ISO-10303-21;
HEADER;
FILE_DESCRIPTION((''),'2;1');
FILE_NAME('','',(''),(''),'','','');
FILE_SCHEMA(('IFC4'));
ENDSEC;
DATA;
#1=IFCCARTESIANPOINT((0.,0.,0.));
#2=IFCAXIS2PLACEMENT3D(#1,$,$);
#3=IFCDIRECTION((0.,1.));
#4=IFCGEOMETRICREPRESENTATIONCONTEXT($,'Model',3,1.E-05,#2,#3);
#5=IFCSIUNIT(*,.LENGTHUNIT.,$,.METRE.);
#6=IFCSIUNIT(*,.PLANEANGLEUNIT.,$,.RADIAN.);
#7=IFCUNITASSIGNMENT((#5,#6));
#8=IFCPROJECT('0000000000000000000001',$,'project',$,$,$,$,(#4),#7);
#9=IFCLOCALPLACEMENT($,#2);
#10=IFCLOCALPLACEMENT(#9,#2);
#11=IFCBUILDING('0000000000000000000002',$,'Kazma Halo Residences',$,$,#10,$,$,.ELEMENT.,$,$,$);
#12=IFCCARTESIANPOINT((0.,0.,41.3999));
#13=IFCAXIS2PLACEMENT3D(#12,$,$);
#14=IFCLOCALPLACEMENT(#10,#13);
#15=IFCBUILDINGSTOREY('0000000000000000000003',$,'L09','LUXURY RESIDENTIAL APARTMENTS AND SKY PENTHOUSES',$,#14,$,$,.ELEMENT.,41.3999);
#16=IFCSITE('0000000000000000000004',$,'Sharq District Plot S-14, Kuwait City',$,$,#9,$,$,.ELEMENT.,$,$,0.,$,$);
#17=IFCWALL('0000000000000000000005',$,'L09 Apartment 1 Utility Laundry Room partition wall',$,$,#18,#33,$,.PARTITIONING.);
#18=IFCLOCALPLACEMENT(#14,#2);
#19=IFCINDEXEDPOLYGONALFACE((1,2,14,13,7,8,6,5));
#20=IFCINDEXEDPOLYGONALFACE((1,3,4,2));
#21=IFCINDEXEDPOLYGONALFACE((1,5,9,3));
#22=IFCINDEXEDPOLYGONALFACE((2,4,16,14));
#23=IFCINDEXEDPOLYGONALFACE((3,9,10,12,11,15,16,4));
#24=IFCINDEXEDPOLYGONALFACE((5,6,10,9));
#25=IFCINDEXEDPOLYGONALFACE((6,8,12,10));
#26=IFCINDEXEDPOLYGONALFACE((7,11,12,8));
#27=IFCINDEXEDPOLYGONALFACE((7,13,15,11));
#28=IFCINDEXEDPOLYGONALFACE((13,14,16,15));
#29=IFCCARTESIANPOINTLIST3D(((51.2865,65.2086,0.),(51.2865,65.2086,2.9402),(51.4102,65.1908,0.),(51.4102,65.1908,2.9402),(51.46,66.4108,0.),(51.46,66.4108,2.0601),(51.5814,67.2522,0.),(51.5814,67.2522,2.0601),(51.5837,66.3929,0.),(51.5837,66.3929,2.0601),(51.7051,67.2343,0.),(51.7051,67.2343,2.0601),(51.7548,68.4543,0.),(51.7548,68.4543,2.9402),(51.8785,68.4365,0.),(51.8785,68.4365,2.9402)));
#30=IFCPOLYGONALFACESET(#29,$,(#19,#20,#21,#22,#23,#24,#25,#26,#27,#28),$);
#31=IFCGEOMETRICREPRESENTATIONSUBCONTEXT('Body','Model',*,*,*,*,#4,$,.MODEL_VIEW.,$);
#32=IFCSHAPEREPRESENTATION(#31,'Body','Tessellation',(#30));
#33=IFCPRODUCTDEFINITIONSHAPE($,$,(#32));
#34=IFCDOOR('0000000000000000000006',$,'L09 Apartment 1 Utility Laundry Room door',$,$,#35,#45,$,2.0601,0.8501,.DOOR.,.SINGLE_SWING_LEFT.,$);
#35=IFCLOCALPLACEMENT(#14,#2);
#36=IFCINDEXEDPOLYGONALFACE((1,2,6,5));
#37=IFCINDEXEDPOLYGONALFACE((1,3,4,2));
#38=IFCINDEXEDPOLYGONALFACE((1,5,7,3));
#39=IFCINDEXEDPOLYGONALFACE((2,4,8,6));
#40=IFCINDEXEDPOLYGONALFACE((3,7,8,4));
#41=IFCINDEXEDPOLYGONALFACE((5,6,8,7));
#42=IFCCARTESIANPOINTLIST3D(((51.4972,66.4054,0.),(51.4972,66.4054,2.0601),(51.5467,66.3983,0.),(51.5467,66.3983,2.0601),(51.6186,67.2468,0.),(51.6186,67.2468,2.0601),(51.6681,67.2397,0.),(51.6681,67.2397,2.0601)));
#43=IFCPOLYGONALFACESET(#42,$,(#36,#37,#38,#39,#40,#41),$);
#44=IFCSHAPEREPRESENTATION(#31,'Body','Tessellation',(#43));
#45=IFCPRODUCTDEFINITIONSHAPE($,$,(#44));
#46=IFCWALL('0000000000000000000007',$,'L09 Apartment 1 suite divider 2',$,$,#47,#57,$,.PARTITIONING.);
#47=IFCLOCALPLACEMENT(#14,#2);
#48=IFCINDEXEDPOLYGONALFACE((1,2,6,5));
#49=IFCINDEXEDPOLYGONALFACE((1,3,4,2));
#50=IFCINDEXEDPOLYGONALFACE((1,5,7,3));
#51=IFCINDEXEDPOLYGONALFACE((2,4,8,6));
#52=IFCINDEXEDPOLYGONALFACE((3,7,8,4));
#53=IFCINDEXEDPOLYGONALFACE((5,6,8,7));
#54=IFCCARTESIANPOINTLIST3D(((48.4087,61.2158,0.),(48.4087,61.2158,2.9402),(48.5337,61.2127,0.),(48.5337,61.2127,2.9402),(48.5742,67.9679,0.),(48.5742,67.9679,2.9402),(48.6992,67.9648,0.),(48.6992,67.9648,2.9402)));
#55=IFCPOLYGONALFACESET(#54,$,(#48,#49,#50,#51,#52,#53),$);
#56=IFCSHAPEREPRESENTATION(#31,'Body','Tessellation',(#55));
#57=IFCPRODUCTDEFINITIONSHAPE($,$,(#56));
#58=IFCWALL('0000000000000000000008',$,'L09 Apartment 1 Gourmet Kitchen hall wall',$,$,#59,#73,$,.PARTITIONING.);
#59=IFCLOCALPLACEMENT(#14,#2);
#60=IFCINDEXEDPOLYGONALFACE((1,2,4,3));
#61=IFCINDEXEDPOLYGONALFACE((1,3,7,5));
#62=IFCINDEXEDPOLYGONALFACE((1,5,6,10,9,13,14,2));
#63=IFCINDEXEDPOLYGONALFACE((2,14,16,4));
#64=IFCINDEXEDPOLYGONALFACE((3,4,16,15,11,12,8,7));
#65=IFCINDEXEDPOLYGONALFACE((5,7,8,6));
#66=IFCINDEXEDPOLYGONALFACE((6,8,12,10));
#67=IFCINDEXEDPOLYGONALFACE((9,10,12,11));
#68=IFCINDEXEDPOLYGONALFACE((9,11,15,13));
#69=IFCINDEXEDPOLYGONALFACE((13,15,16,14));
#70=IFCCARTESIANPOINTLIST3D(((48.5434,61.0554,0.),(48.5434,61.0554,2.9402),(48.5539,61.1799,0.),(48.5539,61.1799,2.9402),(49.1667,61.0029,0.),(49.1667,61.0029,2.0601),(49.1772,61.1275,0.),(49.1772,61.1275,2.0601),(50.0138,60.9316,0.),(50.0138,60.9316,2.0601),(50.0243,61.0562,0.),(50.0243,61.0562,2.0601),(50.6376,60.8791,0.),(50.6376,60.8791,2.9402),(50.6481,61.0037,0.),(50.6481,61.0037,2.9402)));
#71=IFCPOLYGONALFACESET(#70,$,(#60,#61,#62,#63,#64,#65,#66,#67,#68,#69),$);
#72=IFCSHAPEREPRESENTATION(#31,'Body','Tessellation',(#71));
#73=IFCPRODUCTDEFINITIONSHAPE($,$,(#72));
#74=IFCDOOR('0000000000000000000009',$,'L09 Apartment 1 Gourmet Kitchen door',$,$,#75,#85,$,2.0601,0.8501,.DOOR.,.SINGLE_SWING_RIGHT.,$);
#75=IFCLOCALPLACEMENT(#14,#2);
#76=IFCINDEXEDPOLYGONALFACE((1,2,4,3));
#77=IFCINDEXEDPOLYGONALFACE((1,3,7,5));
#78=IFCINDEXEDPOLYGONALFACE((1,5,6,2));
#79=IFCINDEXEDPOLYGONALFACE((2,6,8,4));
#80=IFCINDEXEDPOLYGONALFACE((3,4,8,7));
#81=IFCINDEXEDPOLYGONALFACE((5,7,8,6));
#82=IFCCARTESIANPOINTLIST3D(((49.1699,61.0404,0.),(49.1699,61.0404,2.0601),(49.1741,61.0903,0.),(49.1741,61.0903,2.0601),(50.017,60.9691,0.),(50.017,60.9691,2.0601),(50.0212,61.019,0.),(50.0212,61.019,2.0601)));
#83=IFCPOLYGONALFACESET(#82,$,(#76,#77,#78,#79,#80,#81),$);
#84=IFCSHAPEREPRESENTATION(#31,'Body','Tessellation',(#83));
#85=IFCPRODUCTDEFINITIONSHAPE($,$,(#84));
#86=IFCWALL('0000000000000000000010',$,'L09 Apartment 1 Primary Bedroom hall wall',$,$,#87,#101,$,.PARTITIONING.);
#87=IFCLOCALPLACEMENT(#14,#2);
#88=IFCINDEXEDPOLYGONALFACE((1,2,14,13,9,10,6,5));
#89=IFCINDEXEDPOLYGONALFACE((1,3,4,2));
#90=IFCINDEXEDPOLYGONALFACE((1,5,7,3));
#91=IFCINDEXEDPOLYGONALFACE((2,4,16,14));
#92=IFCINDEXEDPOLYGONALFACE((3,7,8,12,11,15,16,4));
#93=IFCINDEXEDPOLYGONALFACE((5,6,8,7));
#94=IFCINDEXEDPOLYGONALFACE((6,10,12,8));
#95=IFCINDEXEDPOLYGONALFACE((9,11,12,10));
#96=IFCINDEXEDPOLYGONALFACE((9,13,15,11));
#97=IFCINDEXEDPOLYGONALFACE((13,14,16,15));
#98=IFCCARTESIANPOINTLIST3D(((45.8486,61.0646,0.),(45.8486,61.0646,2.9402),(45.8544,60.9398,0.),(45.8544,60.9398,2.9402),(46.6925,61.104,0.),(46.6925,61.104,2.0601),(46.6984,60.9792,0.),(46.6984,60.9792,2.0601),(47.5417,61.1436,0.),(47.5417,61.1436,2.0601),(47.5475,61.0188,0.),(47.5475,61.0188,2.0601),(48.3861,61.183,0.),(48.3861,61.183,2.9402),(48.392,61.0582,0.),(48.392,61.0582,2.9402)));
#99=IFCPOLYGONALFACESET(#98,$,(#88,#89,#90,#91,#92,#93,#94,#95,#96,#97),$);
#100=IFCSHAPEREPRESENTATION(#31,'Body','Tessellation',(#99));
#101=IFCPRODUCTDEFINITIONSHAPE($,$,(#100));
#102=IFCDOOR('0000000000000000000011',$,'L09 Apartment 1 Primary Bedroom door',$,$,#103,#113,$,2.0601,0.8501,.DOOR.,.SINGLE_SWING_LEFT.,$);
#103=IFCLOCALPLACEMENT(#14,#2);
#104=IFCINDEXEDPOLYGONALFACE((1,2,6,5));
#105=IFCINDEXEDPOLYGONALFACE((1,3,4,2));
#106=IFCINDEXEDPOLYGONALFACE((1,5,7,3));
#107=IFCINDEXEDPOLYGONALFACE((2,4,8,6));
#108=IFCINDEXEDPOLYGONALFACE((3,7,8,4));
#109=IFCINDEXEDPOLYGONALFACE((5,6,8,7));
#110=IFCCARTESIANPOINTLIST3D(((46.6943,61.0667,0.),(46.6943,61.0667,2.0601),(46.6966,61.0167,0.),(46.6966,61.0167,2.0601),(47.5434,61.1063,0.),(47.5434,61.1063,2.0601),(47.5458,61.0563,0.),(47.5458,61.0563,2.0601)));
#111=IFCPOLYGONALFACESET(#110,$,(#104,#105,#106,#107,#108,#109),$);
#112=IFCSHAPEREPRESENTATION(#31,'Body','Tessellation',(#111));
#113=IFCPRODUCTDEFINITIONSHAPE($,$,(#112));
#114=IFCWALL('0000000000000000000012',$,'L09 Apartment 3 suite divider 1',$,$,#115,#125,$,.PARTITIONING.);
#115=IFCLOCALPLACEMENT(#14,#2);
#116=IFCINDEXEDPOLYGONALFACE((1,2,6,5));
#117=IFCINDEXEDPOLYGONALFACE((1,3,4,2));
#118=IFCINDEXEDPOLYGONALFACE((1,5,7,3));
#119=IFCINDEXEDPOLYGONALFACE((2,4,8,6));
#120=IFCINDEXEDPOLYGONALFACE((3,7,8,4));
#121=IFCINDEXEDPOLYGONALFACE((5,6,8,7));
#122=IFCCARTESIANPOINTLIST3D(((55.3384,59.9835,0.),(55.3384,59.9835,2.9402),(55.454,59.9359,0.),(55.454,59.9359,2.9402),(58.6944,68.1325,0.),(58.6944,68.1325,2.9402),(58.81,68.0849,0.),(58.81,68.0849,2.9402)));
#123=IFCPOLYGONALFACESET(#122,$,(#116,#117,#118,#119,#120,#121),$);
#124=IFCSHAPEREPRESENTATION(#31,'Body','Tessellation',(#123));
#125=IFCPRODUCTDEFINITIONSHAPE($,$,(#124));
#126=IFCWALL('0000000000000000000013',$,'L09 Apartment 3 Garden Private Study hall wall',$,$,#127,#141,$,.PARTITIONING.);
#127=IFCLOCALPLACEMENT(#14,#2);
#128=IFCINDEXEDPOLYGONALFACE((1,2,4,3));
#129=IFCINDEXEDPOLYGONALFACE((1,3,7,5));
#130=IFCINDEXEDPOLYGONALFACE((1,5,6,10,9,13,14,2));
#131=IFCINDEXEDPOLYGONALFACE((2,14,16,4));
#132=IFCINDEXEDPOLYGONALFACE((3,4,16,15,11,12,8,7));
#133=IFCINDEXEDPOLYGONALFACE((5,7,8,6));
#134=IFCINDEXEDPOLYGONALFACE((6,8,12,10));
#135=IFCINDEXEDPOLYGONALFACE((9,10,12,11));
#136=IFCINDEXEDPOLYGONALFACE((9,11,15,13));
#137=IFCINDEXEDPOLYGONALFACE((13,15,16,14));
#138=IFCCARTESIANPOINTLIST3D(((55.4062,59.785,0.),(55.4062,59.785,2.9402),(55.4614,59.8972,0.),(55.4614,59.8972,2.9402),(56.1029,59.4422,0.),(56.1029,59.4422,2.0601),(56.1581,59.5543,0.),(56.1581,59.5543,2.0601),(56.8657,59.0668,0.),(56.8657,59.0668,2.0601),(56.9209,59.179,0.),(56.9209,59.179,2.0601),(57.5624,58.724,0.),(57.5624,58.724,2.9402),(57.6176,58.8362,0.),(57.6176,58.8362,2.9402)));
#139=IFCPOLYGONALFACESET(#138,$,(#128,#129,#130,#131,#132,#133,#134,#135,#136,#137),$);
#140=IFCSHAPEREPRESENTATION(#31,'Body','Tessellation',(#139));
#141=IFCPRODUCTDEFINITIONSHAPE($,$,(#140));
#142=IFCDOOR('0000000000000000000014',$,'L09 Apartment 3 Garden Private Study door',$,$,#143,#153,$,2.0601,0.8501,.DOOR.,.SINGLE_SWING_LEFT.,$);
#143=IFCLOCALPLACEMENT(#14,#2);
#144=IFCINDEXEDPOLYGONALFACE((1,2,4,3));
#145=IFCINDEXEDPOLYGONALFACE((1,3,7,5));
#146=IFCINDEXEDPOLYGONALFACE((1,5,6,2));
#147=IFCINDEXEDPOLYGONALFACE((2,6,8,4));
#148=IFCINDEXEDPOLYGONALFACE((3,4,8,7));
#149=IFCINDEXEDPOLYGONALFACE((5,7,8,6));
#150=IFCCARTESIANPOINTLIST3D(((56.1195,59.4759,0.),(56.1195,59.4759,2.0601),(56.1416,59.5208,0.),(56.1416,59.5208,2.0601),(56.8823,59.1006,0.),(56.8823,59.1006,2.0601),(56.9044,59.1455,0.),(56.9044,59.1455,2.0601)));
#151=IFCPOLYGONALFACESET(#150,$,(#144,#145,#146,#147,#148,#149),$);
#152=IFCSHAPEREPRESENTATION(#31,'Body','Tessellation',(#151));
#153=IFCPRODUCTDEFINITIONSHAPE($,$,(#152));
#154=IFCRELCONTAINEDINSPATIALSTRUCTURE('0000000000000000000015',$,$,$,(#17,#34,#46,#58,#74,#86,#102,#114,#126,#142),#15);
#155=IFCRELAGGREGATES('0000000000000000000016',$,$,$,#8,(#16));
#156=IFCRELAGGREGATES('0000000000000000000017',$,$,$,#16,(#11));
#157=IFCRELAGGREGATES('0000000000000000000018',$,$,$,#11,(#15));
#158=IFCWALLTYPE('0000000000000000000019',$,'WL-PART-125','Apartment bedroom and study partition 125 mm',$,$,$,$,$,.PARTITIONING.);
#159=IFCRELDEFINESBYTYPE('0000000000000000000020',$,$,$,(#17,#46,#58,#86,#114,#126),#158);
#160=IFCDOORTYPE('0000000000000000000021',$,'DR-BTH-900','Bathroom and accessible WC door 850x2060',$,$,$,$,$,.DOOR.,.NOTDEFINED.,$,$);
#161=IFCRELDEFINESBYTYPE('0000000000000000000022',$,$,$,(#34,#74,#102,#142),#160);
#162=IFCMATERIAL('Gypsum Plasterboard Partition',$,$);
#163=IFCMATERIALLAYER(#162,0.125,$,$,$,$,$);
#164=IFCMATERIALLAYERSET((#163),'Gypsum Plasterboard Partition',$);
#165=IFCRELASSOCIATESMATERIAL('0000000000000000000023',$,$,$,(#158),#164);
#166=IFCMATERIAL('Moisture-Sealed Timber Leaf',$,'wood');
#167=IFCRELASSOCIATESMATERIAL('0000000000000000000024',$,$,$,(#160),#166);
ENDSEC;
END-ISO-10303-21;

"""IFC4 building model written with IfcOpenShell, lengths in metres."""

from ifc_helpers import new_model, si_unit, direction, frame, frame_2d, origin, place, context, subcontext, project, spatial, rectangle, extrude, material, layer, layer_set, type_object, element, fill, save


model = new_model("IFC4")

# Units and contexts
model_context = context("Model", 3, precision=1e-05, world=origin(), true_north=direction((0.0, 1.0)))
body_context = subcontext(model_context, "Body", "Model", "MODEL_VIEW")
ifc_project = project(units=[si_unit("LENGTHUNIT", "METRE"), si_unit("PLANEANGLEUNIT", "RADIAN")], contexts=[model_context])

# Site, building, storey
site_placement = place(None, origin())
site = spatial("IfcSite", under=ifc_project, at=site_placement, Name="Sharq District Plot S-14, Kuwait City", CompositionType="ELEMENT", RefElevation=0.0)
building_placement = place(site_placement, origin())
building = spatial("IfcBuilding", under=site, at=building_placement, Name="Kazma Halo Residences", CompositionType="ELEMENT")
storey_placement = place(building_placement, frame((0.0, 0.0, 41.3999)))
storey = spatial("IfcBuildingStorey", under=building, at=storey_placement, Name="L09", Description="LUXURY RESIDENTIAL APARTMENTS AND SKY PENTHOUSES", CompositionType="ELEMENT", Elevation=41.3999)

# Wall, opening, door
ifc_material_1 = material(Name="Gypsum Plasterboard Partition")
ifc_layer_1 = layer(ifc_material_1, 0.125)
ifc_layer_set_1 = layer_set([ifc_layer_1], Name="Gypsum Plasterboard Partition")
wall_type_1 = type_object("IfcWallType", Name="WL-PART-125", Description="Apartment bedroom and study partition 125 mm", PredefinedType="PARTITIONING", material=ifc_layer_set_1)
wall_1_placement = place(storey_placement, frame((51.3484, 65.1997, 0.0), z_axis=(0.0, 0.0, 1.0), x_axis=(0.142797, 0.989752, 0.0)))
wall_1 = element("IfcWall", 1, at=wall_1_placement, inside=storey, type_object=wall_type_1, Name="L09 Apartment 1 Utility Laundry Room partition wall", PredefinedType="PARTITIONING", context=body_context, shape_type="SweptSolid", body=[
    extrude(rectangle(XDim=3.2793, YDim=0.125, at=frame_2d((1.6396, 0.0))), origin(), (0.0, 0.0, 1.0), 2.9402),
])
opening_1_placement = place(wall_1_placement, frame((1.2146, 0.0, 0.0)))
opening_1 = element("IfcOpeningElement", 2, at=opening_1_placement, cuts=wall_1, PredefinedType="OPENING", context=body_context, shape_type="SweptSolid", body=[
    extrude(rectangle(XDim=0.8501, YDim=2.0601, at=frame_2d((0.425, 1.03))), frame((0.0, 0.0725, 0.0), z_axis=(0.0, -1.0, 0.0), x_axis=(1.0, 0.0, 0.0)), (0.0, 0.0, 1.0), 0.145),
])
ifc_material_2 = material(Name="Moisture-Sealed Timber Leaf", Category="wood")
door_type = type_object("IfcDoorType", Name="DR-BTH-900", Description="Bathroom and accessible WC door 850x2060", OperationType="NOTDEFINED", PredefinedType="DOOR", material=ifc_material_2)
door_1_placement = place(opening_1_placement, origin())
door_1 = element("IfcDoor", 3, at=door_1_placement, inside=storey, type_object=door_type, Name="L09 Apartment 1 Utility Laundry Room door", OperationType="SINGLE_SWING_LEFT", OverallHeight=2.0601, OverallWidth=0.8501, PredefinedType="DOOR", context=body_context, shape_type="SweptSolid", body=[
    extrude(rectangle(XDim=0.8501, YDim=2.0601, at=frame_2d((0.425, 1.03))), frame((0.0, 0.0249, 0.0), z_axis=(0.0, -1.0, 0.0), x_axis=(1.0, 0.0, 0.0)), (0.0, 0.0, 1.0), 0.05),
])
fill(opening_1, door_1)

# Wall
wall_2_placement = place(storey_placement, frame((48.4712, 61.2144, 0.0), z_axis=(0.0, 0.0, 1.0), x_axis=(0.024507, 0.9997, 0.0)))
element("IfcWall", 4, at=wall_2_placement, inside=storey, type_object=wall_type_1, Name="L09 Apartment 1 suite divider 2", PredefinedType="PARTITIONING", context=body_context, shape_type="SweptSolid", body=[
    extrude(rectangle(XDim=6.7542, YDim=0.125, at=frame_2d((3.377, 0.0))), origin(), (0.0, 0.0, 1.0), 2.9402),
])

# Walls, openings, doors
wall_3_placement = place(storey_placement, frame((50.6428, 60.9414, 0.0), z_axis=(0.0, 0.0, 1.0), x_axis=(-0.996477, 0.083872, 0.0)))
wall_3 = element("IfcWall", 5, at=wall_3_placement, inside=storey, type_object=wall_type_1, Name="L09 Apartment 1 Gourmet Kitchen hall wall", PredefinedType="PARTITIONING", context=body_context, shape_type="SweptSolid", body=[
    extrude(rectangle(XDim=2.1016, YDim=0.125, at=frame_2d((1.0508, 0.0))), origin(), (0.0, 0.0, 1.0), 2.9402),
])
opening_2_placement = place(wall_3_placement, frame((0.626, 0.0, 0.0)))
opening_2 = element("IfcOpeningElement", 6, at=opening_2_placement, cuts=wall_3, PredefinedType="OPENING", context=body_context, shape_type="SweptSolid", body=[
    extrude(rectangle(XDim=0.8501, YDim=2.0601, at=frame_2d((0.425, 1.03))), frame((0.0, 0.0725, 0.0), z_axis=(0.0, -1.0, 0.0), x_axis=(1.0, 0.0, 0.0)), (0.0, 0.0, 1.0), 0.145),
])
door_2_placement = place(opening_2_placement, origin())
door_2 = element("IfcDoor", 7, at=door_2_placement, inside=storey, type_object=door_type, Name="L09 Apartment 1 Gourmet Kitchen door", OperationType="SINGLE_SWING_RIGHT", OverallHeight=2.0601, OverallWidth=0.8501, PredefinedType="DOOR", context=body_context, shape_type="SweptSolid", body=[
    extrude(rectangle(XDim=0.8501, YDim=2.0601, at=frame_2d((0.425, 1.03))), frame((0.0, 0.0249, 0.0), z_axis=(0.0, -1.0, 0.0), x_axis=(1.0, 0.0, 0.0)), (0.0, 0.0, 1.0), 0.05),
])
fill(opening_2, door_2)
wall_4_placement = place(storey_placement, frame((48.3889, 61.1206, 0.0), z_axis=(0.0, 0.0, 1.0), x_axis=(-0.998913, -0.046611, 0.0)))
wall_4 = element("IfcWall", 8, at=wall_4_placement, inside=storey, type_object=wall_type_1, Name="L09 Apartment 1 Primary Bedroom hall wall", PredefinedType="PARTITIONING", context=body_context, shape_type="SweptSolid", body=[
    extrude(rectangle(XDim=2.5403, YDim=0.125, at=frame_2d((1.27, 0.0))), origin(), (0.0, 0.0, 1.0), 2.9402),
])
opening_3_placement = place(wall_4_placement, frame((0.8452, 0.0, 0.0)))
opening_3 = element("IfcOpeningElement", 9, at=opening_3_placement, cuts=wall_4, PredefinedType="OPENING", context=body_context, shape_type="SweptSolid", body=[
    extrude(rectangle(XDim=0.8501, YDim=2.0601, at=frame_2d((0.425, 1.03))), frame((0.0, 0.0725, 0.0), z_axis=(0.0, -1.0, 0.0), x_axis=(1.0, 0.0, 0.0)), (0.0, 0.0, 1.0), 0.145),
])
door_3_placement = place(opening_3_placement, origin())
door_3 = element("IfcDoor", 10, at=door_3_placement, inside=storey, type_object=door_type, Name="L09 Apartment 1 Primary Bedroom door", OperationType="SINGLE_SWING_LEFT", OverallHeight=2.0601, OverallWidth=0.8501, PredefinedType="DOOR", context=body_context, shape_type="SweptSolid", body=[
    extrude(rectangle(XDim=0.8501, YDim=2.0601, at=frame_2d((0.425, 1.03))), frame((0.0, 0.0249, 0.0), z_axis=(0.0, -1.0, 0.0), x_axis=(1.0, 0.0, 0.0)), (0.0, 0.0, 1.0), 0.05),
])
fill(opening_3, door_3)

# Wall
wall_5_placement = place(storey_placement, frame((55.3962, 59.9597, 0.0), z_axis=(0.0, 0.0, 1.0), x_axis=(0.3808, 0.924657, 0.0)))
element("IfcWall", 11, at=wall_5_placement, inside=storey, type_object=wall_type_1, Name="L09 Apartment 3 suite divider 1", PredefinedType="PARTITIONING", context=body_context, shape_type="SweptSolid", body=[
    extrude(rectangle(XDim=8.813, YDim=0.125, at=frame_2d((4.4065, 0.0))), origin(), (0.0, 0.0, 1.0), 2.9402),
])

# Wall, opening, door
wall_6_placement = place(storey_placement, frame((57.5901, 58.78, 0.0), z_axis=(0.0, 0.0, 1.0), x_axis=(-0.897254, 0.441515, 0.0)))
wall_6 = element("IfcWall", 12, at=wall_6_placement, inside=storey, type_object=wall_type_1, Name="L09 Apartment 3 Garden Private Study hall wall", PredefinedType="PARTITIONING", context=body_context, shape_type="SweptSolid", body=[
    extrude(rectangle(XDim=2.4031, YDim=0.125, at=frame_2d((1.2017, 0.0))), origin(), (0.0, 0.0, 1.0), 2.9402),
])
opening_4_placement = place(wall_6_placement, frame((0.7766, 0.0, 0.0)))
opening_4 = element("IfcOpeningElement", 13, at=opening_4_placement, cuts=wall_6, PredefinedType="OPENING", context=body_context, shape_type="SweptSolid", body=[
    extrude(rectangle(XDim=0.8501, YDim=2.0601, at=frame_2d((0.425, 1.03))), frame((0.0, 0.0725, 0.0), z_axis=(0.0, -1.0, 0.0), x_axis=(1.0, 0.0, 0.0)), (0.0, 0.0, 1.0), 0.145),
])
door_4_placement = place(opening_4_placement, origin())
door_4 = element("IfcDoor", 14, at=door_4_placement, inside=storey, type_object=door_type, Name="L09 Apartment 3 Garden Private Study door", OperationType="SINGLE_SWING_LEFT", OverallHeight=2.0601, OverallWidth=0.8501, PredefinedType="DOOR", context=body_context, shape_type="SweptSolid", body=[
    extrude(rectangle(XDim=0.8501, YDim=2.0601, at=frame_2d((0.425, 1.03))), frame((0.0, 0.0249, 0.0), z_axis=(0.0, -1.0, 0.0), x_axis=(1.0, 0.0, 0.0)), (0.0, 0.0, 1.0), 0.05),
])
fill(opening_4, door_4)

save(model, "model.ifc")
